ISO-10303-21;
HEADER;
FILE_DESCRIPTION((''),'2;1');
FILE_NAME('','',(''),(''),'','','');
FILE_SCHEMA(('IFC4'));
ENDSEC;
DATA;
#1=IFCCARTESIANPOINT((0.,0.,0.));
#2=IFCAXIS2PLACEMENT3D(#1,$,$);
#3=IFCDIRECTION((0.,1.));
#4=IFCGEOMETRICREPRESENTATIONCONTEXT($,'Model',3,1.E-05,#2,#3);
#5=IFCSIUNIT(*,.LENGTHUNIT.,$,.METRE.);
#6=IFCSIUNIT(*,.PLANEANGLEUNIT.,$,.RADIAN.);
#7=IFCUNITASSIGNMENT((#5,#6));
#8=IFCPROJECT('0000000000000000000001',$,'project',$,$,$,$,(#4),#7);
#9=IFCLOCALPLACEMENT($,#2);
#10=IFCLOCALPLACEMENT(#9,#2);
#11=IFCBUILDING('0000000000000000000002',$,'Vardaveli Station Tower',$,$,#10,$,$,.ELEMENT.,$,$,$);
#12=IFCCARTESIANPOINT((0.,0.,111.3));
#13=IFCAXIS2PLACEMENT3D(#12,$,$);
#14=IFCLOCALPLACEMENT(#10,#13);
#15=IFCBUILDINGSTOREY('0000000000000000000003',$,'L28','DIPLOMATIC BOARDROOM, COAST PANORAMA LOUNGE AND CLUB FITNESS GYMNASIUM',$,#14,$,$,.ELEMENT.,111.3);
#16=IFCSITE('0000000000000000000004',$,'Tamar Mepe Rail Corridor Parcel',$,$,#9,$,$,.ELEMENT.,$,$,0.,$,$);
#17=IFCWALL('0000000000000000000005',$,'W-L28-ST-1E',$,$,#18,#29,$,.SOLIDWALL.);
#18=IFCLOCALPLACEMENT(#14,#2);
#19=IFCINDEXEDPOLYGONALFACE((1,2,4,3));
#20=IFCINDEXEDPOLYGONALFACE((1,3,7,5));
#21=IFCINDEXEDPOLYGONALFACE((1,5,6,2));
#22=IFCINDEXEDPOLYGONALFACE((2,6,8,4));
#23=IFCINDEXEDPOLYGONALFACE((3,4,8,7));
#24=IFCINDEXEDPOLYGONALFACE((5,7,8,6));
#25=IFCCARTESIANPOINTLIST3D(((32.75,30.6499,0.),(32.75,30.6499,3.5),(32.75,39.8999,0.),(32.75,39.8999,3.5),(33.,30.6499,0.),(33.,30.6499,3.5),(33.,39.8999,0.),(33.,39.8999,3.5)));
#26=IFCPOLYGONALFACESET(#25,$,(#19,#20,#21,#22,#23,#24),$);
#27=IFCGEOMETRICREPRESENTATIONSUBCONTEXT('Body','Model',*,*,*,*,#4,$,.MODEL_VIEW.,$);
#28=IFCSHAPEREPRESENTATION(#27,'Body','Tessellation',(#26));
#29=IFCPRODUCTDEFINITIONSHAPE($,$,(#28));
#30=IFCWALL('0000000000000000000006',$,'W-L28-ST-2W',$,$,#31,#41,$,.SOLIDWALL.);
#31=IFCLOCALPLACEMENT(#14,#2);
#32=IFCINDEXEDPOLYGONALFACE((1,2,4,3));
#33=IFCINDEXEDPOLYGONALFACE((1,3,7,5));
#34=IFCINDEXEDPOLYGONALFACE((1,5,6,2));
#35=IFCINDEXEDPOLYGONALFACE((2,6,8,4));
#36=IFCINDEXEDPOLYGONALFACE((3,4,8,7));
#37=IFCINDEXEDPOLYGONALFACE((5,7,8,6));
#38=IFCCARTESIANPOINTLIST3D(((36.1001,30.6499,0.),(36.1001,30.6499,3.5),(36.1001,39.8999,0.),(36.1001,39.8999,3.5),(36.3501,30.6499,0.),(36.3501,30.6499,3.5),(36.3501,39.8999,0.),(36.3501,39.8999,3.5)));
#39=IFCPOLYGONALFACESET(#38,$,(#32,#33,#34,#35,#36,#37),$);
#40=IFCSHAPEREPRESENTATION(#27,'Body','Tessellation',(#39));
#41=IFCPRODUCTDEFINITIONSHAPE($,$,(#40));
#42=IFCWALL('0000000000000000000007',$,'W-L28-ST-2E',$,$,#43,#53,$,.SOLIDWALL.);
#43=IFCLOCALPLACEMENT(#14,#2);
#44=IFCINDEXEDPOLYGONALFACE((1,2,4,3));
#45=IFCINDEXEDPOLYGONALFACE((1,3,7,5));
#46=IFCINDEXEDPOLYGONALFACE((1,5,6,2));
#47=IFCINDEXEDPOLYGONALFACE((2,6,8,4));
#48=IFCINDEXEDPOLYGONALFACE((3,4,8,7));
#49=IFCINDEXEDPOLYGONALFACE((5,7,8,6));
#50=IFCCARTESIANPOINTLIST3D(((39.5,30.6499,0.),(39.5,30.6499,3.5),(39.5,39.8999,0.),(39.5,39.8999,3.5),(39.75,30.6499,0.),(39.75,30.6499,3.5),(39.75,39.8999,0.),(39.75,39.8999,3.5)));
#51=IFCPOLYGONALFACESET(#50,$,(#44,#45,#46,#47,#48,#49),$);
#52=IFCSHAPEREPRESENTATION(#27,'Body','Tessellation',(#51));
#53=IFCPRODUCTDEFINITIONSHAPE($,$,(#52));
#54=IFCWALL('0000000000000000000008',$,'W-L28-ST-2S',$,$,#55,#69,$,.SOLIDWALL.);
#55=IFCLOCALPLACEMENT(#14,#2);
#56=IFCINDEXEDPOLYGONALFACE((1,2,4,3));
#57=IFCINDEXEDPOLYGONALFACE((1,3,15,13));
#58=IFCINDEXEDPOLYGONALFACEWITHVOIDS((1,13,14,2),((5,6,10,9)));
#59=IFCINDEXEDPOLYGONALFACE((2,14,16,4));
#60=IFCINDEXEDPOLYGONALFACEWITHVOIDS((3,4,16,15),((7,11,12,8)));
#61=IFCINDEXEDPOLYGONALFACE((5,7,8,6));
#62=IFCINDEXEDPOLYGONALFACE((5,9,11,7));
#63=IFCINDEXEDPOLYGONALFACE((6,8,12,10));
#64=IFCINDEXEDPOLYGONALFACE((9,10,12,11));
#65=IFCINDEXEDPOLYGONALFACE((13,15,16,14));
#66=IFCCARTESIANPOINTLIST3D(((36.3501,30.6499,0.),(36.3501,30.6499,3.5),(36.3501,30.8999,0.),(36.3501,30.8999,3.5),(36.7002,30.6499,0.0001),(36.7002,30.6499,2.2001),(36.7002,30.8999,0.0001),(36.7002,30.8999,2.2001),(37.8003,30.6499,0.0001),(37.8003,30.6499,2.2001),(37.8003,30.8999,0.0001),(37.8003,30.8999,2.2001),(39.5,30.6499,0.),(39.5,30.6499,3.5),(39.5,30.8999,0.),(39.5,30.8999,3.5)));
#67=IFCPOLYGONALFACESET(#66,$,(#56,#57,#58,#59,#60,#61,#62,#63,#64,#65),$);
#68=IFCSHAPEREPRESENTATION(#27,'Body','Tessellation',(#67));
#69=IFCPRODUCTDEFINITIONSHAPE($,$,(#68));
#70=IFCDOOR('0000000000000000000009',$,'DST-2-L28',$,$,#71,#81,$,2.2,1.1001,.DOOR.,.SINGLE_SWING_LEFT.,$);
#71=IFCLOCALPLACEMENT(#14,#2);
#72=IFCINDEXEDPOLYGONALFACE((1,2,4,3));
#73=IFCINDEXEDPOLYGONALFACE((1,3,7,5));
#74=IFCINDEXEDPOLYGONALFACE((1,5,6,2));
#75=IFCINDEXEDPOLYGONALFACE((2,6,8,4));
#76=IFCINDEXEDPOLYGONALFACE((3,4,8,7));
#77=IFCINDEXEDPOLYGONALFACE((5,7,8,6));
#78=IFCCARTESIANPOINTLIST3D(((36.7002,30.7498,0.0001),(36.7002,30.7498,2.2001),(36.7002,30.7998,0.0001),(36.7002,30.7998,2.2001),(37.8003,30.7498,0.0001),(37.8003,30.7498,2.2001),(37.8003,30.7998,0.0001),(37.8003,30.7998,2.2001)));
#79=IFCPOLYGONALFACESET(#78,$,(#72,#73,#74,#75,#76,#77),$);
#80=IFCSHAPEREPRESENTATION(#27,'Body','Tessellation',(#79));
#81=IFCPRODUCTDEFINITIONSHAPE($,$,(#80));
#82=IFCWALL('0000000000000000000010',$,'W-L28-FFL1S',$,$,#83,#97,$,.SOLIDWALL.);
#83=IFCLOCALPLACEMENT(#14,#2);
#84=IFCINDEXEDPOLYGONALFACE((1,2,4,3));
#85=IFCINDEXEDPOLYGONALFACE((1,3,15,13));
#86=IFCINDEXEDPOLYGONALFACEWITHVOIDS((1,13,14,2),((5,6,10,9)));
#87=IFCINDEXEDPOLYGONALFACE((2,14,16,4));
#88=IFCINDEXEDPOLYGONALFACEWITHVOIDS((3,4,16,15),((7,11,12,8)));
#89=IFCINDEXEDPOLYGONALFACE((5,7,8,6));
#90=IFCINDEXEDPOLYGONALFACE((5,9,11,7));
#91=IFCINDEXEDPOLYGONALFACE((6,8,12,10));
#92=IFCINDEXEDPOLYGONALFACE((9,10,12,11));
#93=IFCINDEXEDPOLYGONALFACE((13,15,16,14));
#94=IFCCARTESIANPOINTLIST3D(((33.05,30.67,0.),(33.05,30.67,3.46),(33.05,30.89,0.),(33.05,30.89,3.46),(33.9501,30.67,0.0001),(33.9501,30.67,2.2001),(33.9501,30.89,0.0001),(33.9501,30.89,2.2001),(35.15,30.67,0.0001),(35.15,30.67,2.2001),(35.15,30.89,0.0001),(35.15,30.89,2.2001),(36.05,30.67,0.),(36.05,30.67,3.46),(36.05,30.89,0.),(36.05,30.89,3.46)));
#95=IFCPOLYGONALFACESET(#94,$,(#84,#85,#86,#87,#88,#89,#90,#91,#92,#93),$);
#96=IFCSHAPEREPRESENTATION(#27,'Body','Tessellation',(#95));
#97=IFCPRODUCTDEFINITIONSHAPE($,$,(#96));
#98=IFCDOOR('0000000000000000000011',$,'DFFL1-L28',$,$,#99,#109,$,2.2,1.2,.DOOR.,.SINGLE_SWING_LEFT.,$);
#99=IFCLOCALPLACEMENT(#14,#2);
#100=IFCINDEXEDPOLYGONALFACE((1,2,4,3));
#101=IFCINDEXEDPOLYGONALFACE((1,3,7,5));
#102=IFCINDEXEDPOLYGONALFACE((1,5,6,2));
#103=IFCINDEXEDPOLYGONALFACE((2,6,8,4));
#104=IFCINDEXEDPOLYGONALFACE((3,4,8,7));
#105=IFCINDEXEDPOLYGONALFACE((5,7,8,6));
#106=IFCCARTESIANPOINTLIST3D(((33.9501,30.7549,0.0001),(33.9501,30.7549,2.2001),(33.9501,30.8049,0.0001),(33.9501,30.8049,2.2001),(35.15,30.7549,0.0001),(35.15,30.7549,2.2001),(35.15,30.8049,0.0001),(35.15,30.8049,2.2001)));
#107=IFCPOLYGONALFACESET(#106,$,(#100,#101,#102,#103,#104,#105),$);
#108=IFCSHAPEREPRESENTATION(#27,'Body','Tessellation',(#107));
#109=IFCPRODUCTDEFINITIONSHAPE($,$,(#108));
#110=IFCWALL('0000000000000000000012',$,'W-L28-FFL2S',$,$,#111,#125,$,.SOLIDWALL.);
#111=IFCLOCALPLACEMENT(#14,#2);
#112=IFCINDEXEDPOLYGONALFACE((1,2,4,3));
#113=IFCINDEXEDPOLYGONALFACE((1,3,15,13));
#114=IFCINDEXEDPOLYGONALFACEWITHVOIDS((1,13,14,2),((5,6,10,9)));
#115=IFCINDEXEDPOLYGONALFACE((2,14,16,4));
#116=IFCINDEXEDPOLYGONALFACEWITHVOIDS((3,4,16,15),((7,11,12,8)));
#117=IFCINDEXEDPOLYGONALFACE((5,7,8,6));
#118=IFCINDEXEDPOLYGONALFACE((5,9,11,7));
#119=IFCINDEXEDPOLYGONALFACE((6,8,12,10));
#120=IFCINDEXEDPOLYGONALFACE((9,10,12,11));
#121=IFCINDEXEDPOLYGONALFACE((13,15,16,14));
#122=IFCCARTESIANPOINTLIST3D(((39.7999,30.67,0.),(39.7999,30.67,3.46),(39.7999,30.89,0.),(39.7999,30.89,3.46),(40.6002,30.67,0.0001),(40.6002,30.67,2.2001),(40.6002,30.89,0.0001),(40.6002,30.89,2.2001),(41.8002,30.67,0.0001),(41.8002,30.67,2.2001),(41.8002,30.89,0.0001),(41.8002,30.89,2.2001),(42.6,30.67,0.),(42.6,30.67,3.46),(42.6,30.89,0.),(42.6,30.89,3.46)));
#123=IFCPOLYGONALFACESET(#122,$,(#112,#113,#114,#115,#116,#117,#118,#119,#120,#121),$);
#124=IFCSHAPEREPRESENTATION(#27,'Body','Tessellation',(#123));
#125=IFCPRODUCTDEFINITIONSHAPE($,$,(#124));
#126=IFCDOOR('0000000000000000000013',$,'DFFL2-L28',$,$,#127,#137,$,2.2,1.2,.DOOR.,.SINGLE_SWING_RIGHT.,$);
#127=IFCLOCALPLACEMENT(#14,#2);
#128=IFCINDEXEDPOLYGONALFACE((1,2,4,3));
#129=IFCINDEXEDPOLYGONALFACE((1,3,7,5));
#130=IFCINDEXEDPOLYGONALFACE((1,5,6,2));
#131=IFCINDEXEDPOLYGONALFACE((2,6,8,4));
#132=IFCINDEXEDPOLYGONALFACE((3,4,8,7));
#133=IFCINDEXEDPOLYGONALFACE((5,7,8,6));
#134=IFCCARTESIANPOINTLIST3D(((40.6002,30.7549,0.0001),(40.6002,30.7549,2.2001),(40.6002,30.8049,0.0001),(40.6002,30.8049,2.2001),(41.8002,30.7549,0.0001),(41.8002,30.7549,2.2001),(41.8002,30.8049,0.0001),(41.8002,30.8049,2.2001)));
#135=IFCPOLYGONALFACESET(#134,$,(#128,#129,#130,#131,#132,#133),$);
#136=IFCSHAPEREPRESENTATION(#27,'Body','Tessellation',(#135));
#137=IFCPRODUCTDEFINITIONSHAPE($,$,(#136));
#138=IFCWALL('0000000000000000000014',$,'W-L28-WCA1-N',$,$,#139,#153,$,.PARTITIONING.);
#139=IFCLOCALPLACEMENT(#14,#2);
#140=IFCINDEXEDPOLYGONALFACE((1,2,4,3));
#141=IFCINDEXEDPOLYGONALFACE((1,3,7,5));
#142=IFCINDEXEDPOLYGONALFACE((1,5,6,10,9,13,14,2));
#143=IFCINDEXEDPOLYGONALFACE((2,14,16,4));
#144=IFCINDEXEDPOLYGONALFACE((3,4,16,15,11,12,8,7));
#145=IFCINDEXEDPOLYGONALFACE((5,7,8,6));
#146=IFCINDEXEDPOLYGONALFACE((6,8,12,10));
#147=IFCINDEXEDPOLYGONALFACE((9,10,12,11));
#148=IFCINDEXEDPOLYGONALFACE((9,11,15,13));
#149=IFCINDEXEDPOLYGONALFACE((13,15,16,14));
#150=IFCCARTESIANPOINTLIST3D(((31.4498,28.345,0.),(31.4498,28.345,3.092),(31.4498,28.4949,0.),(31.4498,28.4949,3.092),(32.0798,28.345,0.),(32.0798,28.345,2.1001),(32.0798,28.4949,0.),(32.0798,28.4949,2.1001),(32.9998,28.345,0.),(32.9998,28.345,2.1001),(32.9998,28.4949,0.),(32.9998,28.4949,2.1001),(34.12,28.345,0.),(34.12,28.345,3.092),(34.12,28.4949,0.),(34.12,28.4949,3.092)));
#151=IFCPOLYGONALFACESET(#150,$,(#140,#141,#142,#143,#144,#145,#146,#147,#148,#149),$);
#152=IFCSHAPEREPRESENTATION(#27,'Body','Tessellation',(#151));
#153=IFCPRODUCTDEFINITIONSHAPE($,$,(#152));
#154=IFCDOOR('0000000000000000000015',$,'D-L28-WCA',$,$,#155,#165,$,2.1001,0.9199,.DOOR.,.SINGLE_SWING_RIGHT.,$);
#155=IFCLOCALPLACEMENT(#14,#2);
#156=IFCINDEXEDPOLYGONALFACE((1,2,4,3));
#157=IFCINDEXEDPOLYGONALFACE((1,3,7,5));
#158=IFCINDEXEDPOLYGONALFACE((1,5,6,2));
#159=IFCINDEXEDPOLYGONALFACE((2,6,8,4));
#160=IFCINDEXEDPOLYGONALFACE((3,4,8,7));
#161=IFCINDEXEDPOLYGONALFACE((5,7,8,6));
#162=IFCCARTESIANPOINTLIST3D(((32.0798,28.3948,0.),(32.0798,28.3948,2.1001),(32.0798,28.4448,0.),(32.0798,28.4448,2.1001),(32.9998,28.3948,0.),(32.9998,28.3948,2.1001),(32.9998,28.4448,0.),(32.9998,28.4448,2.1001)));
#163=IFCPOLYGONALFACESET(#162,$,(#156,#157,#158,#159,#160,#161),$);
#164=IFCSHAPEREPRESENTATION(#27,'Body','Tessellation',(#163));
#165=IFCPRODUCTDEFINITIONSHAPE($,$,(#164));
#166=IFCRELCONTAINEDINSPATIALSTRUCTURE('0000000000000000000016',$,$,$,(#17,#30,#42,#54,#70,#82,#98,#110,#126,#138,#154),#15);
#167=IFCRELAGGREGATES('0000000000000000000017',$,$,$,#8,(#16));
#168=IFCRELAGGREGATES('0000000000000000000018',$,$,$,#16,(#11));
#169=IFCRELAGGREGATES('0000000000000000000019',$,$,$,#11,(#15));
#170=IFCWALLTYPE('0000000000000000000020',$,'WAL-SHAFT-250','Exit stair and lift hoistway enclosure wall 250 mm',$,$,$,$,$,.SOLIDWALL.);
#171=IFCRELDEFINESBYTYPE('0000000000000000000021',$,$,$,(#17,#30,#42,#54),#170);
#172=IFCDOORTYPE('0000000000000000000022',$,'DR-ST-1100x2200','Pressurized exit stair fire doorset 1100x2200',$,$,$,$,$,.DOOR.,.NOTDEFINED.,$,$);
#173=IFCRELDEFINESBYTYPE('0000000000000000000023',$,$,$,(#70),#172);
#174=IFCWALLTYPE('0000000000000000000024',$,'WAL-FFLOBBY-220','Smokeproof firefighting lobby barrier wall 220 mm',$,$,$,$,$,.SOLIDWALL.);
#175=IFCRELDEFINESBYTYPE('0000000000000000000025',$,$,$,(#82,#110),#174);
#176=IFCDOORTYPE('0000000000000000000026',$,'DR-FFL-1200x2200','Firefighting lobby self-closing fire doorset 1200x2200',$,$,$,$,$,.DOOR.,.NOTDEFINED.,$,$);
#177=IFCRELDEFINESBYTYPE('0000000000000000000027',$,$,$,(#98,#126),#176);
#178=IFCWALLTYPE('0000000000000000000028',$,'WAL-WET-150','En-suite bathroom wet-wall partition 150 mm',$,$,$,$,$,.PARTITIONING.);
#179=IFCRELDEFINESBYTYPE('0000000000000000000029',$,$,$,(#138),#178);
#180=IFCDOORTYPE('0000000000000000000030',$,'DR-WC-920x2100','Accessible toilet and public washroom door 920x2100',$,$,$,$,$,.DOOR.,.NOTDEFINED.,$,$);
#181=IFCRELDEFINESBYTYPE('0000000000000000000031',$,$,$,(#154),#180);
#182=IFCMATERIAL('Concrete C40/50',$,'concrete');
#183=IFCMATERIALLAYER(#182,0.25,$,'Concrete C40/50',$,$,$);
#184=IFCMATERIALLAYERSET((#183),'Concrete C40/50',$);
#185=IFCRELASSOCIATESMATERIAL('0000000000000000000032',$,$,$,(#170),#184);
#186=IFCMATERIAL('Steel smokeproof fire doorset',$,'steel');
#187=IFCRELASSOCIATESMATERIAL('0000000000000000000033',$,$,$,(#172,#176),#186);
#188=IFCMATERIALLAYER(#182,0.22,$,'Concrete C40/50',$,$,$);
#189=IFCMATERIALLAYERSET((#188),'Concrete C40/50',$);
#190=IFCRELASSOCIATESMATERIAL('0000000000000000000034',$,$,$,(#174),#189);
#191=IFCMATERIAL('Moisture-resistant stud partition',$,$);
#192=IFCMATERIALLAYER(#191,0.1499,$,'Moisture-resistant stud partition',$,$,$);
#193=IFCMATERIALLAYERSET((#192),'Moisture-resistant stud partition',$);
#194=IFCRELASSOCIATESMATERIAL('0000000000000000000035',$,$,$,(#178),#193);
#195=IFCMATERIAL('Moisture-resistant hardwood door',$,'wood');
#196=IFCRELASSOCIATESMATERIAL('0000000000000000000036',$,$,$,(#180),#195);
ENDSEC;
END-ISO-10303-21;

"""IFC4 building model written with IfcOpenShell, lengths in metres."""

from ifc_helpers import new_model, si_unit, direction, frame, frame_2d, origin, place, context, subcontext, project, spatial, rectangle, extrude, source, transform, mapped, material, layer, layer_set, type_object, element, fill, save


model = new_model("IFC4")

# Units and contexts
model_context = context("Model", 3, precision=1e-05, world=origin(), true_north=direction((0.0, 1.0)))
body_context = subcontext(model_context, "Body", "Model", "MODEL_VIEW")
ifc_project = project(units=[si_unit("LENGTHUNIT", "METRE"), si_unit("PLANEANGLEUNIT", "RADIAN")], contexts=[model_context])

# Site, building, storey
site_placement = place(None, origin())
site = spatial("IfcSite", under=ifc_project, at=site_placement, Name="Tamar Mepe Rail Corridor Parcel", CompositionType="ELEMENT", RefElevation=0.0)
building_placement = place(site_placement, origin())
building = spatial("IfcBuilding", under=site, at=building_placement, Name="Vardaveli Station Tower", CompositionType="ELEMENT")
storey_placement = place(building_placement, frame((0.0, 0.0, 111.3)))
storey = spatial("IfcBuildingStorey", under=building, at=storey_placement, Name="L28", Description="DIPLOMATIC BOARDROOM, COAST PANORAMA LOUNGE AND CLUB FITNESS GYMNASIUM", CompositionType="ELEMENT", Elevation=111.3)

# Walls
ifc_material_1 = material(Name="Concrete C40/50", Category="concrete")
ifc_layer_1 = layer(ifc_material_1, 0.25, Name="Concrete C40/50")
ifc_layer_set_1 = layer_set([ifc_layer_1], Name="Concrete C40/50")
wall_type_1 = type_object("IfcWallType", Name="WAL-SHAFT-250", Description="Exit stair and lift hoistway enclosure wall 250 mm", PredefinedType="SOLIDWALL", material=ifc_layer_set_1)
shared_shape_1 = source(origin(), body_context, "Body", "SweptSolid", [
    extrude(rectangle(XDim=9.25, YDim=0.25, at=frame_2d((4.625, 0.0))), origin(), (0.0, 0.0, 1.0), 3.5),
])
for number, where, z_axis, x_axis, name in (
    (1, (32.875, 30.6499, 0.0), (0.0, 0.0, 1.0), (0.0, 1.0, 0.0), "W-L28-ST-1E"),
    (2, (36.2251, 30.6499, 0.0), (0.0, 0.0, 1.0), (0.0, 1.0, 0.0), "W-L28-ST-2W"),
    (3, (39.625, 30.6499, 0.0), (0.0, 0.0, 1.0), (0.0, 1.0, 0.0), "W-L28-ST-2E"),
):
    element("IfcWall", number, at=place(storey_placement, frame(where, z_axis=z_axis, x_axis=x_axis)), inside=storey, type_object=wall_type_1, Name=name, PredefinedType="SOLIDWALL", context=body_context, shape_type="MappedRepresentation", body=[
        mapped(shared_shape_1, transform((0.0, 0.0, 0.0), scale=1.0)),
    ])

# Walls, openings, doors
shared_shape_2 = source(origin(), body_context, "Body", "SweptSolid", [
    extrude(rectangle(XDim=3.1499, YDim=0.25, at=frame_2d((1.575, 0.0))), origin(), (0.0, 0.0, 1.0), 3.5),
])
wall_1_placement = place(storey_placement, frame((36.3501, 30.7749, 0.0), z_axis=(0.0, 0.0, 1.0), x_axis=(1.0, 0.0, 0.0)))
wall_1 = element("IfcWall", 4, at=wall_1_placement, inside=storey, type_object=wall_type_1, Name="W-L28-ST-2S", PredefinedType="SOLIDWALL", context=body_context, shape_type="MappedRepresentation", body=[
    mapped(shared_shape_2, transform((0.0, 0.0, 0.0), scale=1.0)),
])
shared_shape_3 = source(origin(), body_context, "Body", "SweptSolid", [
    extrude(rectangle(XDim=1.1001, YDim=2.2, at=frame_2d((0.55, 1.1001))), frame((0.0, 0.135, 0.0), z_axis=(0.0, -1.0, 0.0), x_axis=(1.0, 0.0, 0.0)), (0.0, 0.0, 1.0), 0.27),
])
opening_1_placement = place(wall_1_placement, frame((0.3501, 0.0, 0.0)))
opening_1 = element("IfcOpeningElement", 5, at=opening_1_placement, cuts=wall_1, PredefinedType="OPENING", context=body_context, shape_type="MappedRepresentation", body=[
    mapped(shared_shape_3, transform((0.0, 0.0, 0.0), scale=1.0)),
])
ifc_material_2 = material(Name="Steel smokeproof fire doorset", Category="steel")
door_type_1 = type_object("IfcDoorType", Name="DR-ST-1100x2200", Description="Pressurized exit stair fire doorset 1100x2200", OperationType="NOTDEFINED", PredefinedType="DOOR", material=ifc_material_2)
shared_shape_4 = source(origin(), body_context, "Body", "SweptSolid", [
    extrude(rectangle(XDim=1.1001, YDim=2.2, at=frame_2d((0.55, 1.1001))), frame((0.0, 0.0249, 0.0), z_axis=(0.0, -1.0, 0.0), x_axis=(1.0, 0.0, 0.0)), (0.0, 0.0, 1.0), 0.05),
])
door_1_placement = place(opening_1_placement, origin())
door_1 = element("IfcDoor", 6, at=door_1_placement, inside=storey, type_object=door_type_1, Name="DST-2-L28", OperationType="SINGLE_SWING_LEFT", OverallHeight=2.2, OverallWidth=1.1001, PredefinedType="DOOR", context=body_context, shape_type="MappedRepresentation", body=[
    mapped(shared_shape_4, transform((0.0, 0.0, 0.0), scale=1.0)),
])
fill(opening_1, door_1)
ifc_layer_2 = layer(ifc_material_1, 0.22, Name="Concrete C40/50")
ifc_layer_set_2 = layer_set([ifc_layer_2], Name="Concrete C40/50")
wall_type_2 = type_object("IfcWallType", Name="WAL-FFLOBBY-220", Description="Smokeproof firefighting lobby barrier wall 220 mm", PredefinedType="SOLIDWALL", material=ifc_layer_set_2)
shared_shape_5 = source(origin(), body_context, "Body", "SweptSolid", [
    extrude(rectangle(XDim=3.0, YDim=0.22, at=frame_2d((1.5, 0.0))), origin(), (0.0, 0.0, 1.0), 3.46),
])
wall_2_placement = place(storey_placement, frame((33.05, 30.78, 0.0), z_axis=(0.0, 0.0, 1.0), x_axis=(1.0, 0.0, 0.0)))
wall_2 = element("IfcWall", 7, at=wall_2_placement, inside=storey, type_object=wall_type_2, Name="W-L28-FFL1S", PredefinedType="SOLIDWALL", context=body_context, shape_type="MappedRepresentation", body=[
    mapped(shared_shape_5, transform((0.0, 0.0, 0.0), scale=1.0)),
])
shared_shape_6 = source(origin(), body_context, "Body", "SweptSolid", [
    extrude(rectangle(XDim=1.2, YDim=2.2, at=frame_2d((0.6001, 1.1001))), frame((0.0, 0.1201, 0.0), z_axis=(0.0, -1.0, 0.0), x_axis=(1.0, 0.0, 0.0)), (0.0, 0.0, 1.0), 0.24),
])
opening_2_placement = place(wall_2_placement, frame((0.8999, 0.0, 0.0)))
opening_2 = element("IfcOpeningElement", 8, at=opening_2_placement, cuts=wall_2, PredefinedType="OPENING", context=body_context, shape_type="MappedRepresentation", body=[
    mapped(shared_shape_6, transform((0.0, 0.0, 0.0), scale=1.0)),
])
door_type_2 = type_object("IfcDoorType", Name="DR-FFL-1200x2200", Description="Firefighting lobby self-closing fire doorset 1200x2200", OperationType="NOTDEFINED", PredefinedType="DOOR", material=ifc_material_2)
shared_shape_7 = source(origin(), body_context, "Body", "SweptSolid", [
    extrude(rectangle(XDim=1.2, YDim=2.2, at=frame_2d((0.6001, 1.1001))), frame((0.0, 0.0249, 0.0), z_axis=(0.0, -1.0, 0.0), x_axis=(1.0, 0.0, 0.0)), (0.0, 0.0, 1.0), 0.05),
])
door_2_placement = place(opening_2_placement, origin())
door_2 = element("IfcDoor", 9, at=door_2_placement, inside=storey, type_object=door_type_2, Name="DFFL1-L28", OperationType="SINGLE_SWING_LEFT", OverallHeight=2.2, OverallWidth=1.2, PredefinedType="DOOR", context=body_context, shape_type="MappedRepresentation", body=[
    mapped(shared_shape_7, transform((0.0, 0.0, 0.0), scale=1.0)),
])
fill(opening_2, door_2)
shared_shape_8 = source(origin(), body_context, "Body", "SweptSolid", [
    extrude(rectangle(XDim=2.8, YDim=0.22, at=frame_2d((1.3999, 0.0))), origin(), (0.0, 0.0, 1.0), 3.46),
])
wall_3_placement = place(storey_placement, frame((39.8, 30.78, 0.0), z_axis=(0.0, 0.0, 1.0), x_axis=(1.0, 0.0, 0.0)))
wall_3 = element("IfcWall", 10, at=wall_3_placement, inside=storey, type_object=wall_type_2, Name="W-L28-FFL2S", PredefinedType="SOLIDWALL", context=body_context, shape_type="MappedRepresentation", body=[
    mapped(shared_shape_8, transform((0.0, 0.0, 0.0), scale=1.0)),
])
opening_3_placement = place(wall_3_placement, frame((0.8, 0.0, 0.0)))
opening_3 = element("IfcOpeningElement", 11, at=opening_3_placement, cuts=wall_3, PredefinedType="OPENING", context=body_context, shape_type="MappedRepresentation", body=[
    mapped(shared_shape_6, transform((0.0, 0.0, 0.0), scale=1.0)),
])
door_3_placement = place(opening_3_placement, origin())
door_3 = element("IfcDoor", 12, at=door_3_placement, inside=storey, type_object=door_type_2, Name="DFFL2-L28", OperationType="SINGLE_SWING_RIGHT", OverallHeight=2.2, OverallWidth=1.2, PredefinedType="DOOR", context=body_context, shape_type="MappedRepresentation", body=[
    mapped(shared_shape_7, transform((0.0, 0.0, 0.0), scale=1.0)),
])
fill(opening_3, door_3)
ifc_material_3 = material(Name="Moisture-resistant stud partition")
ifc_layer_3 = layer(ifc_material_3, 0.1499, Name="Moisture-resistant stud partition")
ifc_layer_set_3 = layer_set([ifc_layer_3], Name="Moisture-resistant stud partition")
wall_type_3 = type_object("IfcWallType", Name="WAL-WET-150", Description="En-suite bathroom wet-wall partition 150 mm", PredefinedType="PARTITIONING", material=ifc_layer_set_3)
shared_shape_9 = source(origin(), body_context, "Body", "SweptSolid", [
    extrude(rectangle(XDim=2.6702, YDim=0.1499, at=frame_2d((1.335, 0.0))), origin(), (0.0, 0.0, 1.0), 3.092),
])
wall_4_placement = place(storey_placement, frame((31.45, 28.4199, 0.0), z_axis=(0.0, 0.0, 1.0), x_axis=(1.0, 0.0, 0.0)))
wall_4 = element("IfcWall", 13, at=wall_4_placement, inside=storey, type_object=wall_type_3, Name="W-L28-WCA1-N", PredefinedType="PARTITIONING", context=body_context, shape_type="MappedRepresentation", body=[
    mapped(shared_shape_9, transform((0.0, 0.0, 0.0), scale=1.0)),
])
shared_shape_10 = source(origin(), body_context, "Body", "SweptSolid", [
    extrude(rectangle(XDim=0.9199, YDim=2.1001, at=frame_2d((0.46, 1.05))), frame((0.0, 0.085, 0.0), z_axis=(0.0, -1.0, 0.0), x_axis=(1.0, 0.0, 0.0)), (0.0, 0.0, 1.0), 0.1699),
])
opening_4_placement = place(wall_4_placement, frame((0.6299, 0.0, 0.0)))
opening_4 = element("IfcOpeningElement", 14, at=opening_4_placement, cuts=wall_4, PredefinedType="OPENING", context=body_context, shape_type="MappedRepresentation", body=[
    mapped(shared_shape_10, transform((0.0, 0.0, 0.0), scale=1.0)),
])
ifc_material_4 = material(Name="Moisture-resistant hardwood door", Category="wood")
door_type_3 = type_object("IfcDoorType", Name="DR-WC-920x2100", Description="Accessible toilet and public washroom door 920x2100", OperationType="NOTDEFINED", PredefinedType="DOOR", material=ifc_material_4)
shared_shape_11 = source(origin(), body_context, "Body", "SweptSolid", [
    extrude(rectangle(XDim=0.9199, YDim=2.1001, at=frame_2d((0.46, 1.05))), frame((0.0, 0.0249, 0.0), z_axis=(0.0, -1.0, 0.0), x_axis=(1.0, 0.0, 0.0)), (0.0, 0.0, 1.0), 0.05),
])
door_4_placement = place(opening_4_placement, origin())
door_4 = element("IfcDoor", 15, at=door_4_placement, inside=storey, type_object=door_type_3, Name="D-L28-WCA", OperationType="SINGLE_SWING_RIGHT", OverallHeight=2.1001, OverallWidth=0.9199, PredefinedType="DOOR", context=body_context, shape_type="MappedRepresentation", body=[
    mapped(shared_shape_11, transform((0.0, 0.0, 0.0), scale=1.0)),
])
fill(opening_4, door_4)

save(model, "model.ifc")
